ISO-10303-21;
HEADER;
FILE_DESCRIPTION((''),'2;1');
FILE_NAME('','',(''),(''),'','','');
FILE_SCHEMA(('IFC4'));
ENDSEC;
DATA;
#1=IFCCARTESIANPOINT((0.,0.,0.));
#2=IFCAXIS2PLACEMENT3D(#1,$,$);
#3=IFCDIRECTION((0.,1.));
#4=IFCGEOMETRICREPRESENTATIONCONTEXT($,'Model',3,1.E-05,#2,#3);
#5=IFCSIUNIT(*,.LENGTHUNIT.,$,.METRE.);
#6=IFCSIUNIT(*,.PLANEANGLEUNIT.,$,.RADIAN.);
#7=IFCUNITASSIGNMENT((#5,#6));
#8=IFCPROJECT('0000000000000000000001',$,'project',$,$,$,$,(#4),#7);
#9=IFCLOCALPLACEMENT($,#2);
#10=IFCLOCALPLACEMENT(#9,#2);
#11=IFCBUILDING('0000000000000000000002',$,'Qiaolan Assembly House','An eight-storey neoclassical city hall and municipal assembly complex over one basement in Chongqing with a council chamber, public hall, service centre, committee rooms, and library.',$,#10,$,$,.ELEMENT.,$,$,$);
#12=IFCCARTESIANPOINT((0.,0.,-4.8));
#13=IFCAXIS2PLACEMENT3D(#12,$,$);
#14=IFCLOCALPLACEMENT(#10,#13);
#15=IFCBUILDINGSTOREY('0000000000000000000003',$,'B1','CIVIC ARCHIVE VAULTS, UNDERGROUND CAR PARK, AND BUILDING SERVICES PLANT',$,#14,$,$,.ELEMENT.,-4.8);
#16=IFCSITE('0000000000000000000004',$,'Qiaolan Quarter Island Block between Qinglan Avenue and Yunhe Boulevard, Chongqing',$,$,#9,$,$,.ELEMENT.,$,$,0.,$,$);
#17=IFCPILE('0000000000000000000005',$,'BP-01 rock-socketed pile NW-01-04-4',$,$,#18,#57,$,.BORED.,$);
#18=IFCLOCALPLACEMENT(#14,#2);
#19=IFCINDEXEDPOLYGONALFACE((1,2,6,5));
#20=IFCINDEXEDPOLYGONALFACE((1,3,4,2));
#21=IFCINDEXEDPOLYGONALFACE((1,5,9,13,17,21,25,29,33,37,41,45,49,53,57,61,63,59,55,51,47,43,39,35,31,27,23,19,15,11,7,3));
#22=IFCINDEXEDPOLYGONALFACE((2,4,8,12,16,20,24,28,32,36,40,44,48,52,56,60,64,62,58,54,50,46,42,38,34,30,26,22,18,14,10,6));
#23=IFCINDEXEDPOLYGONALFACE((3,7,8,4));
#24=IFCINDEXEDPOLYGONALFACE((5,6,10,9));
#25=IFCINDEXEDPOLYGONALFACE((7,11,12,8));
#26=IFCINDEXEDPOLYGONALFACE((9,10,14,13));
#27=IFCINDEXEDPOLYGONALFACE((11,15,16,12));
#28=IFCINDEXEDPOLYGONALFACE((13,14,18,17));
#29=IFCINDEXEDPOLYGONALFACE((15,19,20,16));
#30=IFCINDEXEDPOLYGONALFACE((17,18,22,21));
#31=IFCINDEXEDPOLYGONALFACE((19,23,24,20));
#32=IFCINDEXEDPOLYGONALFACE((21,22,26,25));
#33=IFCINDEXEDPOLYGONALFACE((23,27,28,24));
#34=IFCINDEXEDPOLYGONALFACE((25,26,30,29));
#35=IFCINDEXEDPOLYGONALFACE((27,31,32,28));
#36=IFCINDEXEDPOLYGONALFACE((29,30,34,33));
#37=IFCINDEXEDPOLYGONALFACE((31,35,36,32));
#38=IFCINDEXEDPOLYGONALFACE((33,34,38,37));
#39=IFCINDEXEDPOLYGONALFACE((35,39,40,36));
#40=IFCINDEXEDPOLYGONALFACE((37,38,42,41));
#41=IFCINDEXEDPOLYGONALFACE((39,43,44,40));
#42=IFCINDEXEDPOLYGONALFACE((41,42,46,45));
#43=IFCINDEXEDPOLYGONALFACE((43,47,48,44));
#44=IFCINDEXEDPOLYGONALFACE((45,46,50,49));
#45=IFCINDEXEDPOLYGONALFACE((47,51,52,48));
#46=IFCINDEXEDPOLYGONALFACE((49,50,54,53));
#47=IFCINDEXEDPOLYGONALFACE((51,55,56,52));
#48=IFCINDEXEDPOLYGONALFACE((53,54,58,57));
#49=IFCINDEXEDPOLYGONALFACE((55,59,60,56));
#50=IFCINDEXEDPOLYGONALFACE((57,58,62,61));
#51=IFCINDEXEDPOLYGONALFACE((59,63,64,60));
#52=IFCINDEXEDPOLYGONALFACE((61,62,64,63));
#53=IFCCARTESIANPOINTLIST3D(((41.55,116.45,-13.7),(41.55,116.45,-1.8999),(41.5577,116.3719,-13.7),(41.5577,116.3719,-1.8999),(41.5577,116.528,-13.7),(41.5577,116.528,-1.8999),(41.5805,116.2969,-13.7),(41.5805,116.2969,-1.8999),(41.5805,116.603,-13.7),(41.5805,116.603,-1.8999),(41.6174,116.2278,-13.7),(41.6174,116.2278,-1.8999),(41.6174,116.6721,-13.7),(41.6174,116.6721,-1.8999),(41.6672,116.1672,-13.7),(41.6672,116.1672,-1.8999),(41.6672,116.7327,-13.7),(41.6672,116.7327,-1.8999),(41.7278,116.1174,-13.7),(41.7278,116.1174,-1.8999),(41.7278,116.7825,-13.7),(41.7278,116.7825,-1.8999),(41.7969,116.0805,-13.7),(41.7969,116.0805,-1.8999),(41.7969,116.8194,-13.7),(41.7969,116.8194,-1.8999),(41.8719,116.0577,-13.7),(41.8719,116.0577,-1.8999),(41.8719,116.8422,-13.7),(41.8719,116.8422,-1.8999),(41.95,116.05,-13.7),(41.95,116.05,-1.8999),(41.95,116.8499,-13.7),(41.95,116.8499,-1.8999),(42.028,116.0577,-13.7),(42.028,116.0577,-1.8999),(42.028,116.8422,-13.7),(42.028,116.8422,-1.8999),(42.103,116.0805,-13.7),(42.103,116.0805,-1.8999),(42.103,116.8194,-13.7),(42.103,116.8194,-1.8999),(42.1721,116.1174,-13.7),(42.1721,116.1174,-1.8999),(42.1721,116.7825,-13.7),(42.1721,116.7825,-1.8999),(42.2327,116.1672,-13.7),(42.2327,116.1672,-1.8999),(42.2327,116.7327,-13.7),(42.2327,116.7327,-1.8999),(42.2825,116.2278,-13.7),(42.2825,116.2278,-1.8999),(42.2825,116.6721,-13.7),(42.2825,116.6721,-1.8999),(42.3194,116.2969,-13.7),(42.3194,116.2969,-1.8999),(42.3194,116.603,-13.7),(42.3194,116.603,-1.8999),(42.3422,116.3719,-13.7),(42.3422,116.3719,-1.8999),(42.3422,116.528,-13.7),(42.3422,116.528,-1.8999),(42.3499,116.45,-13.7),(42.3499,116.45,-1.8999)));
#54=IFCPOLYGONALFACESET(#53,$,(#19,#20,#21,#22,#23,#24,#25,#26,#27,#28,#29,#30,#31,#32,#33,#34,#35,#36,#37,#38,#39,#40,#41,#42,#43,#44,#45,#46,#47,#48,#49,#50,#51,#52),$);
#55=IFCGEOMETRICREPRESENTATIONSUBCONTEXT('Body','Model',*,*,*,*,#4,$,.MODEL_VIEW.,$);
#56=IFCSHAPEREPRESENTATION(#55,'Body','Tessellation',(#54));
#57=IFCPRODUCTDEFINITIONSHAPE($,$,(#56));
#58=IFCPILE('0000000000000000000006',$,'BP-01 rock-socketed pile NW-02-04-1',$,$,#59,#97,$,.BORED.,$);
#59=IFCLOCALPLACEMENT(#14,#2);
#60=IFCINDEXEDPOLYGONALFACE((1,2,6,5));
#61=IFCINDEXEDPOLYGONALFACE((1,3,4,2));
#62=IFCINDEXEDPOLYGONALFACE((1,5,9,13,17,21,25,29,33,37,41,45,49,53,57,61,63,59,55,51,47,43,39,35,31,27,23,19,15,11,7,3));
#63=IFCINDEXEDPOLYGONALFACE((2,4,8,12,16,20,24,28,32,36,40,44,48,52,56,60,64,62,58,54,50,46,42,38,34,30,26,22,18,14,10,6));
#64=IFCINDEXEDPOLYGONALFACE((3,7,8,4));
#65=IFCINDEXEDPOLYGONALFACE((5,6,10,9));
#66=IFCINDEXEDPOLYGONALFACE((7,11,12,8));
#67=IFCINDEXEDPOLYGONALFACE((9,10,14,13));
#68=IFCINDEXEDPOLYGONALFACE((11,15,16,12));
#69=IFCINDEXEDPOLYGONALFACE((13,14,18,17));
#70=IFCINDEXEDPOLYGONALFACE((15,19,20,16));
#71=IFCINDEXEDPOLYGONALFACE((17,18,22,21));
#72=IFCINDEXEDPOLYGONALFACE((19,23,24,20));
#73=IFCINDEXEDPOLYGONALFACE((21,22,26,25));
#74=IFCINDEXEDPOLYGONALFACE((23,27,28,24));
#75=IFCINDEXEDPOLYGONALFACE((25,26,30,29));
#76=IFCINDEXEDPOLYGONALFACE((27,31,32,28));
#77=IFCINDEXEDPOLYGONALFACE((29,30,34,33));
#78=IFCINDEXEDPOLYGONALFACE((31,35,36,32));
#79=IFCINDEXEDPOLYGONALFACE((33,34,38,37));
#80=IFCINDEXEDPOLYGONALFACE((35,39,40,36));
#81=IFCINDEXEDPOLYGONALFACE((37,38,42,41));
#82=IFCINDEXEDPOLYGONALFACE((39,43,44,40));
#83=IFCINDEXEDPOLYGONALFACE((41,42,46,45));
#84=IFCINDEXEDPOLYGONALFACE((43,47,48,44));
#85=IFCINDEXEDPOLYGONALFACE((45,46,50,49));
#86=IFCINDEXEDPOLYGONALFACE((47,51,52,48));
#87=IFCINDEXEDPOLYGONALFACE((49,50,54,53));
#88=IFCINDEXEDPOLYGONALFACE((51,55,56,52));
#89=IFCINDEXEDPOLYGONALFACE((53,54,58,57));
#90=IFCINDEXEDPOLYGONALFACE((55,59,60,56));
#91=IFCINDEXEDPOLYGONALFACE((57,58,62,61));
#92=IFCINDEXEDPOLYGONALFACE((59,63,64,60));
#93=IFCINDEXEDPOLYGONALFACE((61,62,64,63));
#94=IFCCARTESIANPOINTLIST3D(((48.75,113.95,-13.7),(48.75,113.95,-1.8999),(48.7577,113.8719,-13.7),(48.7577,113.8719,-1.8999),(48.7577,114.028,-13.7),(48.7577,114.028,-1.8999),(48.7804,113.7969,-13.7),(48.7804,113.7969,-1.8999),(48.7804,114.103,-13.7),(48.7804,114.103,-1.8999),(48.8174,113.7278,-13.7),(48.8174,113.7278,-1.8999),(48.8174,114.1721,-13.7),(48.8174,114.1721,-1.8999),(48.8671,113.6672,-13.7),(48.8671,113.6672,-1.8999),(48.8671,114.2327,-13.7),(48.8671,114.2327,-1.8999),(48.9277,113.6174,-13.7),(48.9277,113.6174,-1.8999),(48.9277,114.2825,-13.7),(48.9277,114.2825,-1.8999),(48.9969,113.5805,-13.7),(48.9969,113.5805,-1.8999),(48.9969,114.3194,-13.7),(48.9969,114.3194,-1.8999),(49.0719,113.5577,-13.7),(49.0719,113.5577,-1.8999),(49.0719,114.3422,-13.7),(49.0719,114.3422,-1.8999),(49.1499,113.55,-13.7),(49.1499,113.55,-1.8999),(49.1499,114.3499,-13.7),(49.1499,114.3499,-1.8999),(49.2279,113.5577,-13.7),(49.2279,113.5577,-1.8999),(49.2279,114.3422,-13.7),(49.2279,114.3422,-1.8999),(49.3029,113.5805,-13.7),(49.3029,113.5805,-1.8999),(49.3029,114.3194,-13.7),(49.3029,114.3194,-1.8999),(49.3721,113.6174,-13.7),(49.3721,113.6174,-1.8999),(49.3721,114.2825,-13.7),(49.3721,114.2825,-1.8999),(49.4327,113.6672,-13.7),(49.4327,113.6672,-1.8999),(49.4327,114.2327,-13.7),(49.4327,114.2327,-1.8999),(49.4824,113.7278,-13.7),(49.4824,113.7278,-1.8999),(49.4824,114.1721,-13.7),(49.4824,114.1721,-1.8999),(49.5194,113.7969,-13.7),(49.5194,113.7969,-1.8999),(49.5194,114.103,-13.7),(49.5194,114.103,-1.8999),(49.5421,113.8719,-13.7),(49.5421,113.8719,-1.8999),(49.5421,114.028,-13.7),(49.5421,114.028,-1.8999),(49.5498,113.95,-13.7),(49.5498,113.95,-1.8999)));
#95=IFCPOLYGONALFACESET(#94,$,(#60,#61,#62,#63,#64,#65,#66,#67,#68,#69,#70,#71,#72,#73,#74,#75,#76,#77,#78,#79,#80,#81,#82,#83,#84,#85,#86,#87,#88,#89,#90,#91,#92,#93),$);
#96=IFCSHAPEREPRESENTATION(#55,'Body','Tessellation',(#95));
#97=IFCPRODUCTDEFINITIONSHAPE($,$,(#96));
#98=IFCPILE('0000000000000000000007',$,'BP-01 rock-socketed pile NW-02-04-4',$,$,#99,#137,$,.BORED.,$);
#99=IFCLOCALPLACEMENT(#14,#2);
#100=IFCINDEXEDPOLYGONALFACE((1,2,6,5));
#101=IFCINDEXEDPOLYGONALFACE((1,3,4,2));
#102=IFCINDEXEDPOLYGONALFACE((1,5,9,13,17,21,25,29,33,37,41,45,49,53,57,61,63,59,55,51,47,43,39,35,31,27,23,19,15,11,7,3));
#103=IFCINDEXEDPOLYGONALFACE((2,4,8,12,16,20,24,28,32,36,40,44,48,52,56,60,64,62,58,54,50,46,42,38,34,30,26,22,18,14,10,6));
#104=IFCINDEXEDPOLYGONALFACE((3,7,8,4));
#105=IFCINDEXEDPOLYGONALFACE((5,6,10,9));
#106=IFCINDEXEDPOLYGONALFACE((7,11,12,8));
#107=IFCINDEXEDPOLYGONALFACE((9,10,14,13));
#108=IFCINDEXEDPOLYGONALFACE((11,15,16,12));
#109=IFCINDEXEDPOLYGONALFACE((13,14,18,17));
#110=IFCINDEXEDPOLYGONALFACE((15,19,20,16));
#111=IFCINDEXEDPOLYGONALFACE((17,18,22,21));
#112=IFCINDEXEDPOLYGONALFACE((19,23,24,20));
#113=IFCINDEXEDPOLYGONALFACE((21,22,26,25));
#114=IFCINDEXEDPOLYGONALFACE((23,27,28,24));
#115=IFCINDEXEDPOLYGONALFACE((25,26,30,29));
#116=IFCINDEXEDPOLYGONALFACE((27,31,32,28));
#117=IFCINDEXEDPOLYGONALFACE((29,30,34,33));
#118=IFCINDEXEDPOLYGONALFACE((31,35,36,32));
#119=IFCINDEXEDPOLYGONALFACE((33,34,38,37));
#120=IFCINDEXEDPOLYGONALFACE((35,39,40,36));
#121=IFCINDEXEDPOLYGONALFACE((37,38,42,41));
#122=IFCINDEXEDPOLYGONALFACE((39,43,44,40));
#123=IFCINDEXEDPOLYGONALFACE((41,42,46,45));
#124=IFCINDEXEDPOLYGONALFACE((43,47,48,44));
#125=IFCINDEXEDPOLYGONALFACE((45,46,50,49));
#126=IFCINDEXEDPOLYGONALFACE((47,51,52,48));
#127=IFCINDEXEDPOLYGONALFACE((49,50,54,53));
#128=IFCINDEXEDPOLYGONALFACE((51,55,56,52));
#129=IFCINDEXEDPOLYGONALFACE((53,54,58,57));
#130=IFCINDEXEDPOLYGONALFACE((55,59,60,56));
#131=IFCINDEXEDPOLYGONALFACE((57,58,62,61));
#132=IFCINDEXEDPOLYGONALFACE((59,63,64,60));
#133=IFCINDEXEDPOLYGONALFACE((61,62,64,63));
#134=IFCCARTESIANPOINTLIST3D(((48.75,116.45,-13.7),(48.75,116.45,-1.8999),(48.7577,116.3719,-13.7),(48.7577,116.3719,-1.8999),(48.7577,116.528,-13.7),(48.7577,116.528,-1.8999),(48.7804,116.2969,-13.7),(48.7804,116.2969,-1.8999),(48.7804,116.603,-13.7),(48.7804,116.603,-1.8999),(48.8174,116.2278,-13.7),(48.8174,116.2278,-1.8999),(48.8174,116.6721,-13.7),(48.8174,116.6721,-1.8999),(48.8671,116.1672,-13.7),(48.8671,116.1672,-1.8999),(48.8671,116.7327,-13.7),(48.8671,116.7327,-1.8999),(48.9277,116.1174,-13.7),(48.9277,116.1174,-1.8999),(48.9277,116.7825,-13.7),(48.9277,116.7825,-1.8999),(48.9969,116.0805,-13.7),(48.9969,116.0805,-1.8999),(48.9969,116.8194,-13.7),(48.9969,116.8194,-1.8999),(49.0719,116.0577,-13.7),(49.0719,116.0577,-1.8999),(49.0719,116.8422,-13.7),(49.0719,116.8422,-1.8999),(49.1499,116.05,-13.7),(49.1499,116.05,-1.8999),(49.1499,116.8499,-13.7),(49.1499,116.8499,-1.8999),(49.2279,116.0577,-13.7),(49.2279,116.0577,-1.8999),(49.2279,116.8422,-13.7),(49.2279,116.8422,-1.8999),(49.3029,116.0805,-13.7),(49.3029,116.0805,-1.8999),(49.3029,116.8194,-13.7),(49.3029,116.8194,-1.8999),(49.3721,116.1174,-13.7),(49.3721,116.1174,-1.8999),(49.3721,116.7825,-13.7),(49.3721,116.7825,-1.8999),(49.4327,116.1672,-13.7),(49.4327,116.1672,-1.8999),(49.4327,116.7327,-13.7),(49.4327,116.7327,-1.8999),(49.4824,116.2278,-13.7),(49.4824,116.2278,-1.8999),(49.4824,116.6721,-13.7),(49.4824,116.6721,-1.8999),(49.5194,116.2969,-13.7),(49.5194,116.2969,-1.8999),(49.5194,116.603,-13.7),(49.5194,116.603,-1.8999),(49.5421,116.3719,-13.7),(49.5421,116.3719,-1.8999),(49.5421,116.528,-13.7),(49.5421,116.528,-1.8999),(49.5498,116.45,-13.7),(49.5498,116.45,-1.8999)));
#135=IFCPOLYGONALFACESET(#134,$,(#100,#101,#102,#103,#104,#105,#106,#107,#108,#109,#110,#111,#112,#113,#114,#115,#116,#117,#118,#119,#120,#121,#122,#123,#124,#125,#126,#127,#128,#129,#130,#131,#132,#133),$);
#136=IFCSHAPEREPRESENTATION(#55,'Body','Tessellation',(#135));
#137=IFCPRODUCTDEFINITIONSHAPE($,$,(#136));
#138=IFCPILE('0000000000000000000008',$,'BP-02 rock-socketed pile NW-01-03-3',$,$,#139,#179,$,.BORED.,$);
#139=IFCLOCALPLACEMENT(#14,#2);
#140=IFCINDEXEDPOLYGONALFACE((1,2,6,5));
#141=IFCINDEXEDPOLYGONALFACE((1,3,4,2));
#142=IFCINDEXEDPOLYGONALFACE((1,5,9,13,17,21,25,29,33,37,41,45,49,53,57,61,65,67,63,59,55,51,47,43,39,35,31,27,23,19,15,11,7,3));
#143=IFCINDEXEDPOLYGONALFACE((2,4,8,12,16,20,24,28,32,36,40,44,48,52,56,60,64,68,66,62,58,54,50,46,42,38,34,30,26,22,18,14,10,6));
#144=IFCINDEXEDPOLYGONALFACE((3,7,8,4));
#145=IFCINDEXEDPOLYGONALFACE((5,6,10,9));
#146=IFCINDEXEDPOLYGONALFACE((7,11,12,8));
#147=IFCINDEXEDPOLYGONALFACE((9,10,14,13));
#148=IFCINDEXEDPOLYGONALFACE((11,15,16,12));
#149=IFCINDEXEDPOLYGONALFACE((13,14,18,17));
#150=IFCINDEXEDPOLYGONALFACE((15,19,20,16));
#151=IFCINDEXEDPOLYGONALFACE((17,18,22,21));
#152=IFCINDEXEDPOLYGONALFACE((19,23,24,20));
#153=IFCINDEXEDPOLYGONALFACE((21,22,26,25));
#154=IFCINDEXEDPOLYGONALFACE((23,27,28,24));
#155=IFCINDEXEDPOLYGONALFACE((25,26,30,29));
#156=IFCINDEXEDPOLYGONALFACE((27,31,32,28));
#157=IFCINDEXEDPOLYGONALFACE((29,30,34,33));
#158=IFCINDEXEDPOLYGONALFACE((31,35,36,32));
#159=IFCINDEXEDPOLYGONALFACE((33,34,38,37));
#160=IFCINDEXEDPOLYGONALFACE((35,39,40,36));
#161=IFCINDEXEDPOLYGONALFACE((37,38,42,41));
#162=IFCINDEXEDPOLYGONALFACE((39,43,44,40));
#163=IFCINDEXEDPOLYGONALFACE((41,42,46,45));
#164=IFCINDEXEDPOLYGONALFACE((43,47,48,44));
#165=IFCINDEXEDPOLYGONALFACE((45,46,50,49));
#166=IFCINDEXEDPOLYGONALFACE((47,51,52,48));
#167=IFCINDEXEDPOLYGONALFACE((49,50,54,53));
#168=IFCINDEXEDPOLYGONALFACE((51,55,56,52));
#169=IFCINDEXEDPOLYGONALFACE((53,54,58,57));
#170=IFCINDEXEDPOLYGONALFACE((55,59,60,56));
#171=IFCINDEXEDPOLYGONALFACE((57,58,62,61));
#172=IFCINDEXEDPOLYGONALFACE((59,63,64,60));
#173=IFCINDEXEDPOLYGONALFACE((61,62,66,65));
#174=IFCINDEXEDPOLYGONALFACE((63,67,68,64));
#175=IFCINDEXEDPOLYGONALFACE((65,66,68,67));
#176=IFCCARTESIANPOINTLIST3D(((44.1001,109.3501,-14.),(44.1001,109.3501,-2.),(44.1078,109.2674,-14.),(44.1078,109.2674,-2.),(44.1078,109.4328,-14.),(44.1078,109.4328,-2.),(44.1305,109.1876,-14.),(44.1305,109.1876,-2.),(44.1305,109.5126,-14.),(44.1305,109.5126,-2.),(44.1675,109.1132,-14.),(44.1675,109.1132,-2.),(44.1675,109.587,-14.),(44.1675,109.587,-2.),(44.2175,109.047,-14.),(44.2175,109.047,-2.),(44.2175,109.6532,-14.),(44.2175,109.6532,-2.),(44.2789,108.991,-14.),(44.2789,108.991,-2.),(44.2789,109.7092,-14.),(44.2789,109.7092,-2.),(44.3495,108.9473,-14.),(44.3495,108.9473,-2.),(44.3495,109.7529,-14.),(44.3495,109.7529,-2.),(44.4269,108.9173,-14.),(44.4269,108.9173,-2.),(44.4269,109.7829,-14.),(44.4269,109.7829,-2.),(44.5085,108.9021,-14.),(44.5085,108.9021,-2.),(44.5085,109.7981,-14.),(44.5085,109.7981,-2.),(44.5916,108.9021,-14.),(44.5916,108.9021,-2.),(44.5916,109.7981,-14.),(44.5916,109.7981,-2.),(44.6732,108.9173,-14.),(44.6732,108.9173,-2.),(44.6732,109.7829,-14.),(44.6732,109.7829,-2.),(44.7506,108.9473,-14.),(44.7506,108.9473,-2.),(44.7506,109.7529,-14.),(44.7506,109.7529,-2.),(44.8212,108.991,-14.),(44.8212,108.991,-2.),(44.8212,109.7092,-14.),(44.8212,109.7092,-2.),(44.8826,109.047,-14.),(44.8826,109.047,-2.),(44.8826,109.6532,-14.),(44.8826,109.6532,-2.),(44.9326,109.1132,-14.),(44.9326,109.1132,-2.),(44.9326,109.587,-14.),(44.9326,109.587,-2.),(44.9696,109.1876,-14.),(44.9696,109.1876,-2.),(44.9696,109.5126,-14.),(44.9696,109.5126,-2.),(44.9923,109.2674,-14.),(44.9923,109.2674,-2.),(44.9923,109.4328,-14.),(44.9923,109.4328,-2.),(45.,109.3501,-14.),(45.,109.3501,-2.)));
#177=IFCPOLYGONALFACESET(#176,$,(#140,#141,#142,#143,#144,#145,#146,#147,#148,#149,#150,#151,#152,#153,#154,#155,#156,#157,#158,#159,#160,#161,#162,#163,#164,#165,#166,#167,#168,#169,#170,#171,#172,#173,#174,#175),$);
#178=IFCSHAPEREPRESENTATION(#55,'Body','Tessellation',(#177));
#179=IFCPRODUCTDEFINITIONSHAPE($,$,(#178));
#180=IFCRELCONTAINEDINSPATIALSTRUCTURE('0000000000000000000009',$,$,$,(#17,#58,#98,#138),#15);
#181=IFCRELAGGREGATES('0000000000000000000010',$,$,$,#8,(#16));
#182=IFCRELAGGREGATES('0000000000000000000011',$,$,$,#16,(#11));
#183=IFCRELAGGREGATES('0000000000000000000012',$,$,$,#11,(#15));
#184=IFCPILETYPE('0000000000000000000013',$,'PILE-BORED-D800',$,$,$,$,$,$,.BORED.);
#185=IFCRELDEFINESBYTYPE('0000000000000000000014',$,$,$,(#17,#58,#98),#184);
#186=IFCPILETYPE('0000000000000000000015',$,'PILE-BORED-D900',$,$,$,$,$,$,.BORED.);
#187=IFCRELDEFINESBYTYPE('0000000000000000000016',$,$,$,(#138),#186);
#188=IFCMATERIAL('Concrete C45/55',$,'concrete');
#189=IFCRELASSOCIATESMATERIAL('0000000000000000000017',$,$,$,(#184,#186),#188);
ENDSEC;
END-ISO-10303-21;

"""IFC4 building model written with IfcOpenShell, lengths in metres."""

from ifc_helpers import new_model, si_unit, direction, frame, origin, origin_2d, place, context, subcontext, project, spatial, circle, extrude, material, material_profile, profile_set, type_object, element, save


model = new_model("IFC4")

# Units and contexts
model_context = context("Model", 3, precision=1e-05, world=origin(), true_north=direction((0.0, 1.0)))
body_context = subcontext(model_context, "Body", "Model", "MODEL_VIEW")
ifc_project = project(units=[si_unit("LENGTHUNIT", "METRE"), si_unit("PLANEANGLEUNIT", "RADIAN")], contexts=[model_context])

# Site, building, storey
site_placement = place(None, origin())
site = spatial("IfcSite", under=ifc_project, at=site_placement, Name="Qiaolan Quarter Island Block between Qinglan Avenue and Yunhe Boulevard, Chongqing", CompositionType="ELEMENT", RefElevation=0.0)
building_placement = place(site_placement, origin())
building = spatial("IfcBuilding", under=site, at=building_placement, Name="Qiaolan Assembly House", Description="An eight-storey neoclassical city hall and municipal assembly complex over one basement in Chongqing with a council chamber, public hall, service centre, committee rooms, and library.", CompositionType="ELEMENT")
storey_placement = place(building_placement, frame((0.0, 0.0, -4.8)))
storey = spatial("IfcBuildingStorey", under=building, at=storey_placement, Name="B1", Description="CIVIC ARCHIVE VAULTS, UNDERGROUND CAR PARK, AND BUILDING SERVICES PLANT", CompositionType="ELEMENT", Elevation=-4.8)

# Piles
ifc_material_1 = material(Name="Concrete C45/55", Category="concrete")
ifc_material_profile_1 = material_profile(ifc_material_1, circle(Radius=0.3999, at=origin_2d()), Name="PILE D800")
ifc_profile_set_1 = profile_set([ifc_material_profile_1], Name="Concrete C45/55")
pile_type_1 = type_object("IfcPileType", Name="PILE-BORED-D800", PredefinedType="BORED", material=ifc_profile_set_1)
for number, where, z_axis, x_axis, name in (
    (1, (41.95, 116.45, -1.8999), (0.0, 0.0, -1.0), (1.0, 0.0, 0.0), "BP-01 rock-socketed pile NW-01-04-4"),
    (2, (49.1499, 113.95, -1.8999), (0.0, 0.0, -1.0), (1.0, 0.0, 0.0), "BP-01 rock-socketed pile NW-02-04-1"),
    (3, (49.1499, 116.45, -1.8999), (0.0, 0.0, -1.0), (1.0, 0.0, 0.0), "BP-01 rock-socketed pile NW-02-04-4"),
):
    element("IfcPile", number, at=place(storey_placement, frame(where, z_axis=z_axis, x_axis=x_axis)), inside=storey, type_object=pile_type_1, Name=name, PredefinedType="BORED", context=body_context, shape_type="SweptSolid", body=[
        extrude(circle(Radius=0.3999, at=origin_2d()), origin(), (0.0, 0.0, 1.0), 11.8),
    ])
ifc_material_profile_2 = material_profile(ifc_material_1, circle(Radius=0.45, at=origin_2d()), Name="PILE D900")
ifc_profile_set_2 = profile_set([ifc_material_profile_2], Name="Concrete C45/55")
pile_type_2 = type_object("IfcPileType", Name="PILE-BORED-D900", PredefinedType="BORED", material=ifc_profile_set_2)
for number, where, z_axis, x_axis, name in (
    (4, (44.55, 109.3501, -2.0), (0.0, 0.0, -1.0), (1.0, 0.0, 0.0), "BP-02 rock-socketed pile NW-01-03-3"),
):
    element("IfcPile", number, at=place(storey_placement, frame(where, z_axis=z_axis, x_axis=x_axis)), inside=storey, type_object=pile_type_2, Name=name, PredefinedType="BORED", context=body_context, shape_type="SweptSolid", body=[
        extrude(circle(Radius=0.45, at=origin_2d()), origin(), (0.0, 0.0, 1.0), 12.0),
    ])

save(model, "model.ifc")
